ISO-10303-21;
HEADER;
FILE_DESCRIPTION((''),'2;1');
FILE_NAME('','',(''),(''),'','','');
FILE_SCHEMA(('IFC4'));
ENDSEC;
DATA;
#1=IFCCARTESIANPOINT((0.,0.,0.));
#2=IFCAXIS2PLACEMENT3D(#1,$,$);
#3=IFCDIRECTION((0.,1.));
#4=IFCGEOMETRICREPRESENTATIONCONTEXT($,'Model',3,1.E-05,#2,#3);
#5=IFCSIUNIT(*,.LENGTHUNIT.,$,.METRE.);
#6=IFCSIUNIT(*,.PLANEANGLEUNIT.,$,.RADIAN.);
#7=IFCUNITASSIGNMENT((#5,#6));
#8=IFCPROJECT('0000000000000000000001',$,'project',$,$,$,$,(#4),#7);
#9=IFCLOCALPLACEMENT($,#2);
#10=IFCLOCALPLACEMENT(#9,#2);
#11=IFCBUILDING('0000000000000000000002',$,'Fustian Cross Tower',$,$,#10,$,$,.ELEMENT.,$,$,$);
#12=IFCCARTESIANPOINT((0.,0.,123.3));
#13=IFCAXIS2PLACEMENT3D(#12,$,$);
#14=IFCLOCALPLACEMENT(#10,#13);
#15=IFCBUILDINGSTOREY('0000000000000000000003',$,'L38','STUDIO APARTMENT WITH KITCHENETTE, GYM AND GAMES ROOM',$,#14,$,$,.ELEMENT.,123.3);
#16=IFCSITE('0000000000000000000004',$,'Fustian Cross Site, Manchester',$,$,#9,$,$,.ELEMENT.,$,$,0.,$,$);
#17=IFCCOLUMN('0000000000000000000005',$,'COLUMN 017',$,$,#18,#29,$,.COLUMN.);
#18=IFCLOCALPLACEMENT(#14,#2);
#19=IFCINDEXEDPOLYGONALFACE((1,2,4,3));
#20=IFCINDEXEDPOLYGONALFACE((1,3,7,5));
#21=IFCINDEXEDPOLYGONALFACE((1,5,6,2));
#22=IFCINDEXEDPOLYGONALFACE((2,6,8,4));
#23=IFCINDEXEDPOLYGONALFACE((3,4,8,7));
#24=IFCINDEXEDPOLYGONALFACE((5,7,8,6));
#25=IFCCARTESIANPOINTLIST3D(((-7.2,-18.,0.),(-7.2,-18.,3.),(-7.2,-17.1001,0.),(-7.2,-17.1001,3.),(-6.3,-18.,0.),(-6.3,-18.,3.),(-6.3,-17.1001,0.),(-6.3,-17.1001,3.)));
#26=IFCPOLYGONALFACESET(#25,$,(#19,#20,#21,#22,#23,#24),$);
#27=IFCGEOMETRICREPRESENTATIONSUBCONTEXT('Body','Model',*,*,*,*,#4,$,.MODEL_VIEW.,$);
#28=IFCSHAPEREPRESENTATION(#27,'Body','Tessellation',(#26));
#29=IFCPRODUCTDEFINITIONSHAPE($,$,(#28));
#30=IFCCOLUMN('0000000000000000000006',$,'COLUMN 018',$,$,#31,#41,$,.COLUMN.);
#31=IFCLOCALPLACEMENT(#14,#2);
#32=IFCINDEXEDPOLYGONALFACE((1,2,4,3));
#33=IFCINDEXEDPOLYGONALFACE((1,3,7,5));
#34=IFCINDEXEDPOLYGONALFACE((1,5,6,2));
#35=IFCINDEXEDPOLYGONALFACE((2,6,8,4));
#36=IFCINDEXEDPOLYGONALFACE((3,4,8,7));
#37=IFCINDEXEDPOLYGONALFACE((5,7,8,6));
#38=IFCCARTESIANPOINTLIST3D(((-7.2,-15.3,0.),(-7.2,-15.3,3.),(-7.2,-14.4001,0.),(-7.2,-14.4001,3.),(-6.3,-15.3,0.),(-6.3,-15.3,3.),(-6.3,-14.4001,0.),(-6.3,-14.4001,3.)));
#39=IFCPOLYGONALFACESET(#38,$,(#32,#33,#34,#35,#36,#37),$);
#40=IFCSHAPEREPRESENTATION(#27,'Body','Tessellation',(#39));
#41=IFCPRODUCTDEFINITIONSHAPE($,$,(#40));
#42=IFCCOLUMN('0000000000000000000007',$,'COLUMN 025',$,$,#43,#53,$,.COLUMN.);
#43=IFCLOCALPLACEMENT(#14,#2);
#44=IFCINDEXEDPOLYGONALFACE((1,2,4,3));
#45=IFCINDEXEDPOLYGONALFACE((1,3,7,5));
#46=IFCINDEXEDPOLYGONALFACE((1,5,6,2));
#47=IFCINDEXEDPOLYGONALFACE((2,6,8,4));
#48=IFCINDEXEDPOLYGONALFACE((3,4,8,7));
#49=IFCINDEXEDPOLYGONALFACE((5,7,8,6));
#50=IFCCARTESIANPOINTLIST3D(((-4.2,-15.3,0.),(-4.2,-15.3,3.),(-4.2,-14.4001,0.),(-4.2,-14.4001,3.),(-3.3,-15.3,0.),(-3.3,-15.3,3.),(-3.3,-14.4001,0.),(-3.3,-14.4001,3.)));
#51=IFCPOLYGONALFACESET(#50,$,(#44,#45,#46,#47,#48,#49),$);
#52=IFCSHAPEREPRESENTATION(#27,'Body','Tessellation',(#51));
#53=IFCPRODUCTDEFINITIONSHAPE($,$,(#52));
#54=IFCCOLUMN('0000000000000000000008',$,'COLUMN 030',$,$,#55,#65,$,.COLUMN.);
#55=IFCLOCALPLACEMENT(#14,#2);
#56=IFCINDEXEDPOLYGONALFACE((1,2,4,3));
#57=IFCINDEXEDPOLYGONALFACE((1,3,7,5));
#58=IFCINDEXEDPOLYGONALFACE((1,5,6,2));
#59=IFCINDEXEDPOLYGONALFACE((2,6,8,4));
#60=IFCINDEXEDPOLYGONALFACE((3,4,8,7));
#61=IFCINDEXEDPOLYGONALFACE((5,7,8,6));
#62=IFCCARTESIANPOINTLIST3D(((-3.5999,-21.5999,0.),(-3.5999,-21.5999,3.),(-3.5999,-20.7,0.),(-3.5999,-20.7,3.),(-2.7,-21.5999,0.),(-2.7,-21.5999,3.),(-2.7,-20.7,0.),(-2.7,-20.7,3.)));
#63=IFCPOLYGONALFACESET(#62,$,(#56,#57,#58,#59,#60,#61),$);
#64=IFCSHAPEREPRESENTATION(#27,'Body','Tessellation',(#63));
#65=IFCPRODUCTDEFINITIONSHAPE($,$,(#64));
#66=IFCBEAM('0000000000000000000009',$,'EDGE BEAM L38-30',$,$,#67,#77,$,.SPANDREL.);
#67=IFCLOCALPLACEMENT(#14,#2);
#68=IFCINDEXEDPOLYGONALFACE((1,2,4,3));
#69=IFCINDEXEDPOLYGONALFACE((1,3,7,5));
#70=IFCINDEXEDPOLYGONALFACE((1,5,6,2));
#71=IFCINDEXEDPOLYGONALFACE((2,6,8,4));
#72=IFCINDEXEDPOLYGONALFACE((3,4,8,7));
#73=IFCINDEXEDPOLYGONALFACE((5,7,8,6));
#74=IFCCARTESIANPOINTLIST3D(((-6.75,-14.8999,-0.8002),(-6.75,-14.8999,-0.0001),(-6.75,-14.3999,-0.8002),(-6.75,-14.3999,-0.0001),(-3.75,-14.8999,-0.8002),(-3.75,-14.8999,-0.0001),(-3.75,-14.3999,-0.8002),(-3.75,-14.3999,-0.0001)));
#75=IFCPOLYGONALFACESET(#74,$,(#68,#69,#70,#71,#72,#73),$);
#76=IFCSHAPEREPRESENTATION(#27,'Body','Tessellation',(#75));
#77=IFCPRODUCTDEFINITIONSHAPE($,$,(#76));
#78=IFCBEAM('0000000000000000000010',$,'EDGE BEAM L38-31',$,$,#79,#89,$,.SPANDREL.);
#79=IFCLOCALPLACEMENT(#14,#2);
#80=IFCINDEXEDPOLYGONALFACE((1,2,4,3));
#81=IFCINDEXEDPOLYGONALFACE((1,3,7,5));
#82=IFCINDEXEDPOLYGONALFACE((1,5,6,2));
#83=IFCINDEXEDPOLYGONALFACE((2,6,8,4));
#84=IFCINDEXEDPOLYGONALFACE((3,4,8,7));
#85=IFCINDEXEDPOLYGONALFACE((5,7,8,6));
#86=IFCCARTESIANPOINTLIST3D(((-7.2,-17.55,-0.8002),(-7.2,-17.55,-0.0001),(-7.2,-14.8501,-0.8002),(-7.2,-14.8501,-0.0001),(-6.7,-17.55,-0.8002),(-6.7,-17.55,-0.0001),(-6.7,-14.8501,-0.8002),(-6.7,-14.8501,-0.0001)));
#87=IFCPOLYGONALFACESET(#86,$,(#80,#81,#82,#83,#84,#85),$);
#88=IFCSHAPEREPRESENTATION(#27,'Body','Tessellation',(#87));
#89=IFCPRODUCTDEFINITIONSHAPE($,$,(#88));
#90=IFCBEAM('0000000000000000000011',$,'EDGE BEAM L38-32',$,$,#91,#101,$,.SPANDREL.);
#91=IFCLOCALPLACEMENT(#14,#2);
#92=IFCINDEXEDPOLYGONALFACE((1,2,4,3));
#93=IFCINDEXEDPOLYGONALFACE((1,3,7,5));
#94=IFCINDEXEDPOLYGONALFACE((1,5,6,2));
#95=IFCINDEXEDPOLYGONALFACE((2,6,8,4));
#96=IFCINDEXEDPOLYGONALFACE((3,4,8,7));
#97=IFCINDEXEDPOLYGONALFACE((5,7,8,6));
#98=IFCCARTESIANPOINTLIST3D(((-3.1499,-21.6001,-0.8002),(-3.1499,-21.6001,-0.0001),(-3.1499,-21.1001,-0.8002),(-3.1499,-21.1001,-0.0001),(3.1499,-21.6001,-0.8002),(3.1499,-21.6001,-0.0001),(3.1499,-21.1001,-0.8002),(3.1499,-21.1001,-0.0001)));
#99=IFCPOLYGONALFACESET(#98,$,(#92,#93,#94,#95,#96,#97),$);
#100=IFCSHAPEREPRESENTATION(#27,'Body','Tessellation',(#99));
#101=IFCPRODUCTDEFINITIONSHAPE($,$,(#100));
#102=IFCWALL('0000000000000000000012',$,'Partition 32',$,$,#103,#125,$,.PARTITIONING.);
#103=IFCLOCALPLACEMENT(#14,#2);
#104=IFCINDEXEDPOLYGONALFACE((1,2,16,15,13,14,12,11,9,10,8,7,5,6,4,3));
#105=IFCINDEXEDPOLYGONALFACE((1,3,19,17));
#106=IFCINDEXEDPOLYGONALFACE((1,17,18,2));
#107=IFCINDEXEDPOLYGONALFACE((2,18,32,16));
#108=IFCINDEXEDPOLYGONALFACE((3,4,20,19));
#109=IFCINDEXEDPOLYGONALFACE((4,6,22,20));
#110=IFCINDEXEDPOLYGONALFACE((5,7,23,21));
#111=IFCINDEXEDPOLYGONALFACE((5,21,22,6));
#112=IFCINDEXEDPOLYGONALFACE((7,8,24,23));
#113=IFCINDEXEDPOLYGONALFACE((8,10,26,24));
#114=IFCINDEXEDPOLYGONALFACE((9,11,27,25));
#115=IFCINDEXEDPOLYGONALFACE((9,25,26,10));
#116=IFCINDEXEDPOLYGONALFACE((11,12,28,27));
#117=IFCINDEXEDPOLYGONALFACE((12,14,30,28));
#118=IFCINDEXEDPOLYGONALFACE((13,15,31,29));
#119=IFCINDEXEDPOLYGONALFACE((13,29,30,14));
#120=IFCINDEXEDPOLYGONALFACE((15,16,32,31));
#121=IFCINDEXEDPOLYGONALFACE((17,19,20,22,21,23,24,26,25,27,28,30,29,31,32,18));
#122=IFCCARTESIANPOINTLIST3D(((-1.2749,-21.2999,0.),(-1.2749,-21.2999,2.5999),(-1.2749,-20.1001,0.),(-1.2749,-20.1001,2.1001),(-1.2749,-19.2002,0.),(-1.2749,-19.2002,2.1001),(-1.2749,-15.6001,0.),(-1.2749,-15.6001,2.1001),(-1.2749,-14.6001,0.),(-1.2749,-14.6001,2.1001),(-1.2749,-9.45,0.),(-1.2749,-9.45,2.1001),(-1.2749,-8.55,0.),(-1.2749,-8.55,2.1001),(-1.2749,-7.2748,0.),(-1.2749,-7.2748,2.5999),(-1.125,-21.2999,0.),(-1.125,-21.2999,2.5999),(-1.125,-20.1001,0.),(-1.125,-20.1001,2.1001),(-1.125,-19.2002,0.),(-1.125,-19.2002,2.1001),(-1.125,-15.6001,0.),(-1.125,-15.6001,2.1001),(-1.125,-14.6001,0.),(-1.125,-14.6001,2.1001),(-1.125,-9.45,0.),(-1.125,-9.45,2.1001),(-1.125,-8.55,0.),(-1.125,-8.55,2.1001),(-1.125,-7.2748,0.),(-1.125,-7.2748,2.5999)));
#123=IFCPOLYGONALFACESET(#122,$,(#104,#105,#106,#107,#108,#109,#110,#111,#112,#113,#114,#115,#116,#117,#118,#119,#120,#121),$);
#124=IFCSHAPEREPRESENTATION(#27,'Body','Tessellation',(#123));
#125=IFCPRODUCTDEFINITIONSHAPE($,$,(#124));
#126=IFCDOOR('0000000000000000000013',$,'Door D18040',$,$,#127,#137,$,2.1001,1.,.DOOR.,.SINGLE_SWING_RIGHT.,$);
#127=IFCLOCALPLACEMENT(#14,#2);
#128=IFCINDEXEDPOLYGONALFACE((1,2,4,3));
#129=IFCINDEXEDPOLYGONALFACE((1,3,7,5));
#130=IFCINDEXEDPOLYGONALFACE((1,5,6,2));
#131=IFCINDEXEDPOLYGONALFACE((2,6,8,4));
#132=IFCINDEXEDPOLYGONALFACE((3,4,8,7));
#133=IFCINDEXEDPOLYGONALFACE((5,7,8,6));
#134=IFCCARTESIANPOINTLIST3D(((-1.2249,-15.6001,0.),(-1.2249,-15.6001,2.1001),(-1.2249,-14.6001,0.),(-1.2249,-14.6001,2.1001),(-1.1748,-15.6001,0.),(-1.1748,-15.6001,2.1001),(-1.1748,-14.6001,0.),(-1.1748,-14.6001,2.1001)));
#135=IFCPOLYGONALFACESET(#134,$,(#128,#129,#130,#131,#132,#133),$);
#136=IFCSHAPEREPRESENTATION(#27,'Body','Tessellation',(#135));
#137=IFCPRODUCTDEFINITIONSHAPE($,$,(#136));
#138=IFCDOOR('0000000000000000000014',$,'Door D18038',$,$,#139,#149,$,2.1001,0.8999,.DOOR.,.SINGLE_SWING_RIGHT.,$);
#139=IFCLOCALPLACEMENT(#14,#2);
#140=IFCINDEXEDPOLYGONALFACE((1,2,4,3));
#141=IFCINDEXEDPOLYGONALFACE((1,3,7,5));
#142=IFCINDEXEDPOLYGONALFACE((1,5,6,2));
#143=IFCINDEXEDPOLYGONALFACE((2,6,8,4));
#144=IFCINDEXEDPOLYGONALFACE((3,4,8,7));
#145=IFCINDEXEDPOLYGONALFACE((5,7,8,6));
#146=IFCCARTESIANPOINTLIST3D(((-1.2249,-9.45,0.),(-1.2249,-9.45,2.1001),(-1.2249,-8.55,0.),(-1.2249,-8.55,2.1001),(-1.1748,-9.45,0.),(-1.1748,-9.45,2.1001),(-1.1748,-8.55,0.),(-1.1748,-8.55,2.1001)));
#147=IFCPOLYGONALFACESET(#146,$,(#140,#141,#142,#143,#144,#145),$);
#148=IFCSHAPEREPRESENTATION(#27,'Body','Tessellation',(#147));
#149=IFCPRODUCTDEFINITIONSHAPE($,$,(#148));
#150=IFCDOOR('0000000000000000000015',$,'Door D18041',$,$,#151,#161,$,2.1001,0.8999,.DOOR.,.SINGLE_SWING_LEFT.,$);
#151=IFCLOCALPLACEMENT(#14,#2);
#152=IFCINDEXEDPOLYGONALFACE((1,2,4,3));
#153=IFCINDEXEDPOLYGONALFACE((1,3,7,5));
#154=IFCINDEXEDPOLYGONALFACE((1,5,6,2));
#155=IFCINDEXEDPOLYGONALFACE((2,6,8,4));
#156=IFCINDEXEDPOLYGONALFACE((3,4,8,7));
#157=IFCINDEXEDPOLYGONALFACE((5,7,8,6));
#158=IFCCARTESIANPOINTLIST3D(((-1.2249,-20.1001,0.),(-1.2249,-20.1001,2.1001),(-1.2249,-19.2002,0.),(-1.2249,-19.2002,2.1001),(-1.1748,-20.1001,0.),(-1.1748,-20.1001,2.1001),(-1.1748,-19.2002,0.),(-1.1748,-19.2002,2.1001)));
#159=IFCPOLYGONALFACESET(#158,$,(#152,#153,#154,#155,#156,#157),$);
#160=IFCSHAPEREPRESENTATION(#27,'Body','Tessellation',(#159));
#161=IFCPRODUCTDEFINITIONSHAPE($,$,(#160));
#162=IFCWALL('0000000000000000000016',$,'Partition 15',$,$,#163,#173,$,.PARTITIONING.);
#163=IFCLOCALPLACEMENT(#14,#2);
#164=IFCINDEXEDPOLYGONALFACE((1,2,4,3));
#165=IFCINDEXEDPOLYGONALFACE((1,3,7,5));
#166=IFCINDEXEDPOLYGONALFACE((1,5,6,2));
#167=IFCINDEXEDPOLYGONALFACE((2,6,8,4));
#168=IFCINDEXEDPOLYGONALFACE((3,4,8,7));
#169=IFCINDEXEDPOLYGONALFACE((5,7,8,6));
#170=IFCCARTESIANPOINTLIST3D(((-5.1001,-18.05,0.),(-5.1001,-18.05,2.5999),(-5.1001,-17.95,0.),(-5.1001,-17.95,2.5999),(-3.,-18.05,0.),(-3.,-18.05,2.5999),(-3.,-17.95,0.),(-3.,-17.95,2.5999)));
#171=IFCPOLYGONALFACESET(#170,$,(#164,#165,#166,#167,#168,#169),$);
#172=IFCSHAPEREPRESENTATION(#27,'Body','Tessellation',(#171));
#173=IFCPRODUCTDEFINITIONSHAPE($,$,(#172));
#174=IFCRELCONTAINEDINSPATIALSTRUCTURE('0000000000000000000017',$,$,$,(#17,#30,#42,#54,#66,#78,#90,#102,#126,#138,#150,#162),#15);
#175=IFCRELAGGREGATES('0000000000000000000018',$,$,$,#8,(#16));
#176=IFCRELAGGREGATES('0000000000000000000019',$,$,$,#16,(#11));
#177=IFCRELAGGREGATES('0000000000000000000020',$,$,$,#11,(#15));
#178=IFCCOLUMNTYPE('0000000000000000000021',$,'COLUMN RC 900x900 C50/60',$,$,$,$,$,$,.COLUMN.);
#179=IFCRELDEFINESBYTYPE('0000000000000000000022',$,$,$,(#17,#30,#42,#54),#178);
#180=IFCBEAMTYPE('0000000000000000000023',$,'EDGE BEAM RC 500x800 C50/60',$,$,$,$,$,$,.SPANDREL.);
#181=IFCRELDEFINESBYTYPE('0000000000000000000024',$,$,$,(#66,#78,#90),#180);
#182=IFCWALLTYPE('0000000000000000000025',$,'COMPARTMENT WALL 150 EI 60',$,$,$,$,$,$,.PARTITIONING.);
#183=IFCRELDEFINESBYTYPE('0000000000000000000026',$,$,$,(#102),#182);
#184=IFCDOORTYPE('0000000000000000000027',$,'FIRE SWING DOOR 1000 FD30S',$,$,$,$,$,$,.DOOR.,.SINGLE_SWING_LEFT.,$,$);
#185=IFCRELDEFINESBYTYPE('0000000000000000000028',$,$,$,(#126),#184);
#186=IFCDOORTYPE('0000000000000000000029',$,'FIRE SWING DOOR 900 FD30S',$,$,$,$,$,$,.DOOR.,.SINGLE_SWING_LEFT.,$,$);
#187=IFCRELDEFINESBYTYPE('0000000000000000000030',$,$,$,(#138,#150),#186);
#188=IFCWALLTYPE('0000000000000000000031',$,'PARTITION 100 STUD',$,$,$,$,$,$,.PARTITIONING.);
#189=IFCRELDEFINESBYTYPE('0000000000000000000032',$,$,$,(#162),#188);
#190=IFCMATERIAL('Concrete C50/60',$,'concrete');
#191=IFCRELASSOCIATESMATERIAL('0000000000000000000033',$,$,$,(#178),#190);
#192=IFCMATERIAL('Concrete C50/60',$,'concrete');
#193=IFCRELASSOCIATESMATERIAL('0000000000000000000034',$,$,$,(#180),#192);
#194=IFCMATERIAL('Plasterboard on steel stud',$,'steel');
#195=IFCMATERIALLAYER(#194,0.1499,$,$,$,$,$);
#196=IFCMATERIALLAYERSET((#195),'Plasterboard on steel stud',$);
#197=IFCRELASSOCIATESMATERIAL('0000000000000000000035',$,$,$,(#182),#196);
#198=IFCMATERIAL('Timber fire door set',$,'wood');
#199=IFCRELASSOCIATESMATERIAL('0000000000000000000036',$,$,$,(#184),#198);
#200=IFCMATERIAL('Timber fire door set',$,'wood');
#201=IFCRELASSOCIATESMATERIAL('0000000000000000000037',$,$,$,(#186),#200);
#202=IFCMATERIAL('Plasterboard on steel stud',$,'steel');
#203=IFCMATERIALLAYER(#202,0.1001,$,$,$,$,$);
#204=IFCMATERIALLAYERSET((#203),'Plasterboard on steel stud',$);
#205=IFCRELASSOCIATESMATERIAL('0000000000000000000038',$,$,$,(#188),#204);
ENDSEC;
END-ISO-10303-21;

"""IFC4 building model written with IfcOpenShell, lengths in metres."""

from ifc_helpers import new_model, si_unit, direction, frame, frame_2d, origin, origin_2d, place, context, subcontext, project, spatial, rectangle, extrude, material, layer, layer_set, material_profile, profile_set, type_object, element, fill, save


model = new_model("IFC4")

# Units and contexts
model_context = context("Model", 3, precision=1e-05, world=origin(), true_north=direction((0.0, 1.0)))
body_context = subcontext(model_context, "Body", "Model", "MODEL_VIEW")
ifc_project = project(units=[si_unit("LENGTHUNIT", "METRE"), si_unit("PLANEANGLEUNIT", "RADIAN")], contexts=[model_context])

# Site, building, storey
site_placement = place(None, origin())
site = spatial("IfcSite", under=ifc_project, at=site_placement, Name="Fustian Cross Site, Manchester", CompositionType="ELEMENT", RefElevation=0.0)
building_placement = place(site_placement, origin())
building = spatial("IfcBuilding", under=site, at=building_placement, Name="Fustian Cross Tower", CompositionType="ELEMENT")
storey_placement = place(building_placement, frame((0.0, 0.0, 123.3)))
storey = spatial("IfcBuildingStorey", under=building, at=storey_placement, Name="L38", Description="STUDIO APARTMENT WITH KITCHENETTE, GYM AND GAMES ROOM", CompositionType="ELEMENT", Elevation=123.3)

# Columns
ifc_material_1 = material(Name="Concrete C50/60", Category="concrete")
ifc_material_profile_1 = material_profile(ifc_material_1, rectangle(XDim=0.8999, YDim=0.8999, at=origin_2d()), Name="RC 900x900")
ifc_profile_set_1 = profile_set([ifc_material_profile_1], Name="Concrete C50/60")
column_type = type_object("IfcColumnType", Name="COLUMN RC 900x900 C50/60", PredefinedType="COLUMN", material=ifc_profile_set_1)
for number, where, z_axis, x_axis, name in (
    (1, (-6.75, -17.55, 0.0), (0.0, 0.0, 1.0), (1.0, 0.0, 0.0), "COLUMN 017"),
    (2, (-6.75, -14.8501, 0.0), (0.0, 0.0, 1.0), (1.0, 0.0, 0.0), "COLUMN 018"),
    (3, (-3.75, -14.8501, 0.0), (0.0, 0.0, 1.0), (1.0, 0.0, 0.0), "COLUMN 025"),
    (4, (-3.1499, -21.1499, 0.0), (0.0, 0.0, 1.0), (1.0, 0.0, 0.0), "COLUMN 030"),
):
    element("IfcColumn", number, at=place(storey_placement, frame(where, z_axis=z_axis, x_axis=x_axis)), inside=storey, type_object=column_type, Name=name, PredefinedType="COLUMN", context=body_context, shape_type="SweptSolid", body=[
        extrude(rectangle(XDim=0.8999, YDim=0.8999, at=origin_2d()), origin(), (0.0, 0.0, 1.0), 3.0),
    ])

# Beams
ifc_material_2 = material(Name="Concrete C50/60", Category="concrete")
ifc_material_profile_2 = material_profile(ifc_material_2, rectangle(XDim=0.5, YDim=0.8, at=origin_2d()), Name="RC 500x800")
ifc_profile_set_2 = profile_set([ifc_material_profile_2], Name="Concrete C50/60")
beam_type = type_object("IfcBeamType", Name="EDGE BEAM RC 500x800 C50/60", PredefinedType="SPANDREL", material=ifc_profile_set_2)
beam_1_placement = place(storey_placement, frame((-3.75, -14.6499, -0.4001), z_axis=(-1.0, 0.0, 0.0), x_axis=(0.0, -1.0, 0.0)))
element("IfcBeam", 5, at=beam_1_placement, inside=storey, type_object=beam_type, Name="EDGE BEAM L38-30", PredefinedType="SPANDREL", context=body_context, shape_type="SweptSolid", body=[
    extrude(rectangle(XDim=0.5, YDim=0.8, at=origin_2d()), origin(), (0.0, 0.0, 1.0), 3.0),
])
beam_2_placement = place(storey_placement, frame((-6.95, -14.8501, -0.4001), z_axis=(0.0, -1.0, 0.0), x_axis=(1.0, 0.0, 0.0)))
element("IfcBeam", 6, at=beam_2_placement, inside=storey, type_object=beam_type, Name="EDGE BEAM L38-31", PredefinedType="SPANDREL", context=body_context, shape_type="SweptSolid", body=[
    extrude(rectangle(XDim=0.5, YDim=0.8, at=origin_2d()), origin(), (0.0, 0.0, 1.0), 2.7),
])
beam_3_placement = place(storey_placement, frame((-3.1499, -21.3501, -0.4001), z_axis=(1.0, 0.0, 0.0), x_axis=(0.0, 1.0, 0.0)))
element("IfcBeam", 7, at=beam_3_placement, inside=storey, type_object=beam_type, Name="EDGE BEAM L38-32", PredefinedType="SPANDREL", context=body_context, shape_type="SweptSolid", body=[
    extrude(rectangle(XDim=0.5, YDim=0.8, at=origin_2d()), origin(), (0.0, 0.0, 1.0), 6.2998),
])

# Wall, openings, doors
ifc_material_3 = material(Name="Plasterboard on steel stud", Category="steel")
ifc_layer_1 = layer(ifc_material_3, 0.1499)
ifc_layer_set_1 = layer_set([ifc_layer_1], Name="Plasterboard on steel stud")
wall_type_1 = type_object("IfcWallType", Name="COMPARTMENT WALL 150 EI 60", PredefinedType="PARTITIONING", material=ifc_layer_set_1)
wall_1_placement = place(storey_placement, frame((-1.2, -21.3, 0.0), z_axis=(0.0, 0.0, 1.0), x_axis=(0.0, 1.0, 0.0)))
wall_1 = element("IfcWall", 8, at=wall_1_placement, inside=storey, type_object=wall_type_1, Name="Partition 32", PredefinedType="PARTITIONING", context=body_context, shape_type="SweptSolid", body=[
    extrude(rectangle(XDim=14.0251, YDim=0.1499, at=frame_2d((7.0127, 0.0))), origin(), (0.0, 0.0, 1.0), 2.5999),
])
opening_1_placement = place(wall_1_placement, frame((11.8501, 0.0, 0.0)))
opening_1 = element("IfcOpeningElement", 9, at=opening_1_placement, cuts=wall_1, PredefinedType="OPENING", context=body_context, shape_type="SweptSolid", body=[
    extrude(rectangle(XDim=0.8999, YDim=2.1001, at=frame_2d((0.45, 1.05))), frame((0.0, 0.085, 0.0), z_axis=(0.0, -1.0, 0.0), x_axis=(1.0, 0.0, 0.0)), (0.0, 0.0, 1.0), 0.1699),
])
opening_2_placement = place(wall_1_placement, frame((5.7, 0.0, 0.0)))
opening_2 = element("IfcOpeningElement", 10, at=opening_2_placement, cuts=wall_1, PredefinedType="OPENING", context=body_context, shape_type="SweptSolid", body=[
    extrude(rectangle(XDim=1.0, YDim=2.1001, at=frame_2d((0.5, 1.05))), frame((0.0, 0.085, 0.0), z_axis=(0.0, -1.0, 0.0), x_axis=(1.0, 0.0, 0.0)), (0.0, 0.0, 1.0), 0.1699),
])
opening_3_placement = place(wall_1_placement, frame((1.2, 0.0, 0.0)))
opening_3 = element("IfcOpeningElement", 11, at=opening_3_placement, cuts=wall_1, PredefinedType="OPENING", context=body_context, shape_type="SweptSolid", body=[
    extrude(rectangle(XDim=0.8999, YDim=2.1001, at=frame_2d((0.45, 1.05))), frame((0.0, 0.085, 0.0), z_axis=(0.0, -1.0, 0.0), x_axis=(1.0, 0.0, 0.0)), (0.0, 0.0, 1.0), 0.1699),
])
ifc_material_4 = material(Name="Timber fire door set", Category="wood")
door_type_1 = type_object("IfcDoorType", Name="FIRE SWING DOOR 1000 FD30S", OperationType="SINGLE_SWING_LEFT", PredefinedType="DOOR", material=ifc_material_4)
door_1_placement = place(opening_2_placement, origin())
door_1 = element("IfcDoor", 12, at=door_1_placement, inside=storey, type_object=door_type_1, Name="Door D18040", OperationType="SINGLE_SWING_RIGHT", OverallHeight=2.1001, OverallWidth=1.0, PredefinedType="DOOR", context=body_context, shape_type="SweptSolid", body=[
    extrude(rectangle(XDim=1.0, YDim=2.1001, at=frame_2d((0.5, 1.05))), frame((0.0, 0.0249, 0.0), z_axis=(0.0, -1.0, 0.0), x_axis=(1.0, 0.0, 0.0)), (0.0, 0.0, 1.0), 0.05),
])
fill(opening_2, door_1)
ifc_material_5 = material(Name="Timber fire door set", Category="wood")
door_type_2 = type_object("IfcDoorType", Name="FIRE SWING DOOR 900 FD30S", OperationType="SINGLE_SWING_LEFT", PredefinedType="DOOR", material=ifc_material_5)
door_2_placement = place(opening_1_placement, origin())
door_2 = element("IfcDoor", 13, at=door_2_placement, inside=storey, type_object=door_type_2, Name="Door D18038", OperationType="SINGLE_SWING_RIGHT", OverallHeight=2.1001, OverallWidth=0.8999, PredefinedType="DOOR", context=body_context, shape_type="SweptSolid", body=[
    extrude(rectangle(XDim=0.8999, YDim=2.1001, at=frame_2d((0.45, 1.05))), frame((0.0, 0.0249, 0.0), z_axis=(0.0, -1.0, 0.0), x_axis=(1.0, 0.0, 0.0)), (0.0, 0.0, 1.0), 0.05),
])
fill(opening_1, door_2)
door_3_placement = place(opening_3_placement, origin())
door_3 = element("IfcDoor", 14, at=door_3_placement, inside=storey, type_object=door_type_2, Name="Door D18041", OperationType="SINGLE_SWING_LEFT", OverallHeight=2.1001, OverallWidth=0.8999, PredefinedType="DOOR", context=body_context, shape_type="SweptSolid", body=[
    extrude(rectangle(XDim=0.8999, YDim=2.1001, at=frame_2d((0.45, 1.05))), frame((0.0, 0.0249, 0.0), z_axis=(0.0, -1.0, 0.0), x_axis=(1.0, 0.0, 0.0)), (0.0, 0.0, 1.0), 0.05),
])
fill(opening_3, door_3)

# Wall
ifc_material_6 = material(Name="Plasterboard on steel stud", Category="steel")
ifc_layer_2 = layer(ifc_material_6, 0.1001)
ifc_layer_set_2 = layer_set([ifc_layer_2], Name="Plasterboard on steel stud")
wall_type_2 = type_object("IfcWallType", Name="PARTITION 100 STUD", PredefinedType="PARTITIONING", material=ifc_layer_set_2)
wall_2_placement = place(storey_placement, frame((-5.1001, -18.0, 0.0), z_axis=(0.0, 0.0, 1.0), x_axis=(1.0, 0.0, 0.0)))
element("IfcWall", 15, at=wall_2_placement, inside=storey, type_object=wall_type_2, Name="Partition 15", PredefinedType="PARTITIONING", context=body_context, shape_type="SweptSolid", body=[
    extrude(rectangle(XDim=2.1001, YDim=0.1001, at=frame_2d((1.05, 0.0))), origin(), (0.0, 0.0, 1.0), 2.5999),
])

save(model, "model.ifc")
